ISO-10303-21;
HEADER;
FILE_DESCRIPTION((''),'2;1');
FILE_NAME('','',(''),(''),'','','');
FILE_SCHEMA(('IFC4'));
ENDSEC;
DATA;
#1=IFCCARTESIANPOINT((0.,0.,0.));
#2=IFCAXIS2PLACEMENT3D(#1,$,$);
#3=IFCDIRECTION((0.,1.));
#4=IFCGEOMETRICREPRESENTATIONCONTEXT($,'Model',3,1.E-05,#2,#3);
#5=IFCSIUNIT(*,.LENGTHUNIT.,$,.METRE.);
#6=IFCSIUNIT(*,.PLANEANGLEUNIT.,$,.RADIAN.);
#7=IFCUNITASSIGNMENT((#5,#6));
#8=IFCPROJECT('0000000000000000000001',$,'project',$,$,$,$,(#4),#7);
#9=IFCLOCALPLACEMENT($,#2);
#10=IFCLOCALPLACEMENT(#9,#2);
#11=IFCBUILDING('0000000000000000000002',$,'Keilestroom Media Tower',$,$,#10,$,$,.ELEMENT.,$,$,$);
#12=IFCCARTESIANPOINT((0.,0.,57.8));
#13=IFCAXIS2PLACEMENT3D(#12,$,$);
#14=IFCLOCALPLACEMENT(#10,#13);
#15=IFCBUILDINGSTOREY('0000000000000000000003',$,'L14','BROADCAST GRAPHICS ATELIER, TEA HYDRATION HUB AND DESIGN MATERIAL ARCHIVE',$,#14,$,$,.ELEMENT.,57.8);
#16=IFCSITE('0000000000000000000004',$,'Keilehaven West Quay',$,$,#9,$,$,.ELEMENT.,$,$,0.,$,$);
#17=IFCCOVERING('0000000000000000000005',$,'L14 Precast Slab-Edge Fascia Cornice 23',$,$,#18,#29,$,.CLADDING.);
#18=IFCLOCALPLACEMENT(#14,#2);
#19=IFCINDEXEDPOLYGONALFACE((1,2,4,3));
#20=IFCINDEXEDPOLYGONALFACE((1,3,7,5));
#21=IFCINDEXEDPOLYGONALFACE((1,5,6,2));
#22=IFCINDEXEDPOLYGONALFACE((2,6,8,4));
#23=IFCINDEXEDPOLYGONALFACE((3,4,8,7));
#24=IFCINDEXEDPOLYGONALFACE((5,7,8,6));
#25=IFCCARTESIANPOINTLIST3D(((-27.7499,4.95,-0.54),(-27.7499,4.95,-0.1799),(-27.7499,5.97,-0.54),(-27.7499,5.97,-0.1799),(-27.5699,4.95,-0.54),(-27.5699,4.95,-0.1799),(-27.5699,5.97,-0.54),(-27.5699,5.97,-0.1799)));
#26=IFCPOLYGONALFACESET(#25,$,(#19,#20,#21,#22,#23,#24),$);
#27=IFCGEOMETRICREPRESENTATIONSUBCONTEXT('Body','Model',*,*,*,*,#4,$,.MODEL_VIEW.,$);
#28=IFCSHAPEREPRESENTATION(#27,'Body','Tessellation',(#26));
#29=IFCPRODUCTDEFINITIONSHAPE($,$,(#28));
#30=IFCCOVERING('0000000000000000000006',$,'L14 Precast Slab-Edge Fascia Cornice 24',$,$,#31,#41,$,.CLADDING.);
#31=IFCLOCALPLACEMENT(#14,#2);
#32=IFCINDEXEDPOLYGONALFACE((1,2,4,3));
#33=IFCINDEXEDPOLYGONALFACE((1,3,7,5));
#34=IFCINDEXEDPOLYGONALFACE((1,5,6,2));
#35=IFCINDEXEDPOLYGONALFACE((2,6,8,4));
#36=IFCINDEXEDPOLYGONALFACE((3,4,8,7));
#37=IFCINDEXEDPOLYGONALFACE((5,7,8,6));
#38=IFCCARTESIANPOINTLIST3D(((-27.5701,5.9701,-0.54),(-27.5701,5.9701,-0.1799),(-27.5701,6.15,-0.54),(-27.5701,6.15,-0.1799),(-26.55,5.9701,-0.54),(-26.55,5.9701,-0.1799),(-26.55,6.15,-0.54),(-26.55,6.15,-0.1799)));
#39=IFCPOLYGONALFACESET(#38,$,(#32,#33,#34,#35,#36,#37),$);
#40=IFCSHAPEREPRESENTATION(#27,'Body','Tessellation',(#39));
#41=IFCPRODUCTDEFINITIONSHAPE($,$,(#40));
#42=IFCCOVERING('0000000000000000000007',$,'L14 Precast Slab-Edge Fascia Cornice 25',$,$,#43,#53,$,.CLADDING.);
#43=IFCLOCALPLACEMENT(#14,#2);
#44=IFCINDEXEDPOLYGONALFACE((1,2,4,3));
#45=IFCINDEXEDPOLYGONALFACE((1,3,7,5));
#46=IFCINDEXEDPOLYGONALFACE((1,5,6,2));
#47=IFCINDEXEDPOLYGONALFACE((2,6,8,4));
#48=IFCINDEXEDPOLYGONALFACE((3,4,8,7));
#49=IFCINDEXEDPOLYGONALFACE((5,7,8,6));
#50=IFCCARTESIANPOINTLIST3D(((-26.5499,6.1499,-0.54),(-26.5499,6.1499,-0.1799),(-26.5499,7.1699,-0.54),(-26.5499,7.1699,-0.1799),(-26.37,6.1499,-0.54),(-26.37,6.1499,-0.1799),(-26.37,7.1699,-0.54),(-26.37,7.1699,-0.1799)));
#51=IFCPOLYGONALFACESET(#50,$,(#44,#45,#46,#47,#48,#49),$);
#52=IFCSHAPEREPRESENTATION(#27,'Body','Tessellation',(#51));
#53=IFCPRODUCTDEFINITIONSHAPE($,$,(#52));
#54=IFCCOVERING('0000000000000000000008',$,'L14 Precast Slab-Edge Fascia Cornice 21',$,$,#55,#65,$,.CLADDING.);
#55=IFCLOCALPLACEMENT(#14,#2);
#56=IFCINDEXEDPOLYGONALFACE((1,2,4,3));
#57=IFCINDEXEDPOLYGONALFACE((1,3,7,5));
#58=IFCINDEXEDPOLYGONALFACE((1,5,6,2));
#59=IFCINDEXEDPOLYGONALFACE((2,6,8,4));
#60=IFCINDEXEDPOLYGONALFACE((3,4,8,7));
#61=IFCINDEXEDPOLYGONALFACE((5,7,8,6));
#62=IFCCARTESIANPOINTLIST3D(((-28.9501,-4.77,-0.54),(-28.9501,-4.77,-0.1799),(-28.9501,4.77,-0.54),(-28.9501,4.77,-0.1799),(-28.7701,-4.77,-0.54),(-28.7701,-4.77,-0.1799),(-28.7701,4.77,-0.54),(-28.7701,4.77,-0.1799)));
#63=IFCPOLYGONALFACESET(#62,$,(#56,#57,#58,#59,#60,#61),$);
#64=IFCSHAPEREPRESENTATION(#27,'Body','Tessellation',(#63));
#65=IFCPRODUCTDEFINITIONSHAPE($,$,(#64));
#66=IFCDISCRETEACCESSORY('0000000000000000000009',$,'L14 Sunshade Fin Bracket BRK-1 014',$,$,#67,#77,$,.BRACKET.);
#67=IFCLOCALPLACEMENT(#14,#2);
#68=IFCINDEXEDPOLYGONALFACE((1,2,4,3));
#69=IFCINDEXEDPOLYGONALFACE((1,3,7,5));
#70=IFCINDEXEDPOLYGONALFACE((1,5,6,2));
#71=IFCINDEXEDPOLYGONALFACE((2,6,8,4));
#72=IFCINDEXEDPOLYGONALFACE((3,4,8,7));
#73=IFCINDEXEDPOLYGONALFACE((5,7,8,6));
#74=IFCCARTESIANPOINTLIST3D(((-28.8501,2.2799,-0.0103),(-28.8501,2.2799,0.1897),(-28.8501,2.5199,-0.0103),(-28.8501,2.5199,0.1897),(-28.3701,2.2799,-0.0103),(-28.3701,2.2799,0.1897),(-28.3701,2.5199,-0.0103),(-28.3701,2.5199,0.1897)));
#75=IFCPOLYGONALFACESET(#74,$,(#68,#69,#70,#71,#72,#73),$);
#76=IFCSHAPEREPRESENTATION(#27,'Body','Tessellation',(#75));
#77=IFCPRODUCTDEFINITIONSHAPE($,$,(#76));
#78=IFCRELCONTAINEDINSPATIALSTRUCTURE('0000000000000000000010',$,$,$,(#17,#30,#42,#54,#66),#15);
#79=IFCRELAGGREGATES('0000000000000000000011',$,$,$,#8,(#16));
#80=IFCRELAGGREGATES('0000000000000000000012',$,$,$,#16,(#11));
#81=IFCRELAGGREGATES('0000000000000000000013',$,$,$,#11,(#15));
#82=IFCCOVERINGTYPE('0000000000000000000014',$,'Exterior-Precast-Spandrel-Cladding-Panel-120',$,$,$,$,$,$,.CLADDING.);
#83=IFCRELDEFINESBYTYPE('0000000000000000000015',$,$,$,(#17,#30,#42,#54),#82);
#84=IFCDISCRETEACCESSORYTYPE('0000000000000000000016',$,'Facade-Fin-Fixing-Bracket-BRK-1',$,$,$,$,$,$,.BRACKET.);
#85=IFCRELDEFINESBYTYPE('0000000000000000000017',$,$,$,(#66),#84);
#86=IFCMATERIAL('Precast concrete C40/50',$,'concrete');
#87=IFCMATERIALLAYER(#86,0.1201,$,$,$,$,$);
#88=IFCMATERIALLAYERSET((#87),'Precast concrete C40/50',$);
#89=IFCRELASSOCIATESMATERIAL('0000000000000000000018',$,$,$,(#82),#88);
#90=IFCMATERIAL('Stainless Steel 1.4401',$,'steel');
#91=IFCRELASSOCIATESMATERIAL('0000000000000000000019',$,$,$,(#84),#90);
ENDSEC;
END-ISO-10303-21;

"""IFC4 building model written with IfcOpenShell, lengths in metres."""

from ifc_helpers import new_model, si_unit, direction, frame, origin, origin_2d, place, context, subcontext, project, spatial, rectangle, extrude, source, transform, mapped, material, layer, layer_set, type_object, element, save


model = new_model("IFC4")

# Units and contexts
model_context = context("Model", 3, precision=1e-05, world=origin(), true_north=direction((0.0, 1.0)))
body_context = subcontext(model_context, "Body", "Model", "MODEL_VIEW")
ifc_project = project(units=[si_unit("LENGTHUNIT", "METRE"), si_unit("PLANEANGLEUNIT", "RADIAN")], contexts=[model_context])

# Site, building, storey
site_placement = place(None, origin())
site = spatial("IfcSite", under=ifc_project, at=site_placement, Name="Keilehaven West Quay", CompositionType="ELEMENT", RefElevation=0.0)
building_placement = place(site_placement, origin())
building = spatial("IfcBuilding", under=site, at=building_placement, Name="Keilestroom Media Tower", CompositionType="ELEMENT")
storey_placement = place(building_placement, frame((0.0, 0.0, 57.8)))
storey = spatial("IfcBuildingStorey", under=building, at=storey_placement, Name="L14", Description="BROADCAST GRAPHICS ATELIER, TEA HYDRATION HUB AND DESIGN MATERIAL ARCHIVE", CompositionType="ELEMENT", Elevation=57.8)

# Shared definitions
ifc_material_1 = material(Name="Precast concrete C40/50", Category="concrete")

# Coverings
ifc_layer_1 = layer(ifc_material_1, 0.1201)
ifc_layer_set_1 = layer_set([ifc_layer_1], Name="Precast concrete C40/50")
covering_type = type_object("IfcCoveringType", Name="Exterior-Precast-Spandrel-Cladding-Panel-120", PredefinedType="CLADDING", material=ifc_layer_set_1)
shared_shape_1 = source(origin(), body_context, "Body", "SweptSolid", [
    extrude(rectangle(XDim=1.02, YDim=0.1799, at=origin_2d()), origin(), (0.0, 0.0, 1.0), 0.3601),
])
for number, where, z_axis, x_axis, name in (
    (1, (-27.6599, 5.46, -0.54), (0.0, 0.0, 1.0), (0.0, 1.0, 0.0), "L14 Precast Slab-Edge Fascia Cornice 23"),
    (2, (-27.0601, 6.0601, -0.54), (0.0, 0.0, 1.0), (1.0, 0.0, 0.0), "L14 Precast Slab-Edge Fascia Cornice 24"),
    (3, (-26.46, 6.6599, -0.54), (0.0, 0.0, 1.0), (0.0, 1.0, 0.0), "L14 Precast Slab-Edge Fascia Cornice 25"),
):
    element("IfcCovering", number, at=place(storey_placement, frame(where, z_axis=z_axis, x_axis=x_axis)), inside=storey, type_object=covering_type, Name=name, PredefinedType="CLADDING", context=body_context, shape_type="MappedRepresentation", body=[
        mapped(shared_shape_1, transform((0.0, 0.0, 0.0), x_axis=(1.0, 0.0, 0.0), y_axis=(0.0, 1.0, 0.0), z_axis=(0.0, 0.0, 1.0), scale=1.0)),
    ])
shared_shape_2 = source(origin(), body_context, "Body", "SweptSolid", [
    extrude(rectangle(XDim=9.54, YDim=0.1799, at=origin_2d()), origin(), (0.0, 0.0, 1.0), 0.3601),
])
covering_placement = place(storey_placement, frame((-28.8601, 0.0, -0.54), z_axis=(0.0, 0.0, 1.0), x_axis=(0.0, 1.0, 0.0)))
element("IfcCovering", 4, at=covering_placement, inside=storey, type_object=covering_type, Name="L14 Precast Slab-Edge Fascia Cornice 21", PredefinedType="CLADDING", context=body_context, shape_type="MappedRepresentation", body=[
    mapped(shared_shape_2, transform((0.0, 0.0, 0.0), x_axis=(1.0, 0.0, 0.0), y_axis=(0.0, 1.0, 0.0), z_axis=(0.0, 0.0, 1.0), scale=1.0)),
])

# Discrete accessory
ifc_material_2 = material(Name="Stainless Steel 1.4401", Category="steel")
discrete_accessory_type = type_object("IfcDiscreteAccessoryType", Name="Facade-Fin-Fixing-Bracket-BRK-1", PredefinedType="BRACKET", material=ifc_material_2)
shared_shape_3 = source(origin(), body_context, "Body", "SweptSolid", [
    extrude(rectangle(XDim=0.48, YDim=0.24, at=origin_2d()), origin(), (0.0, 0.0, 1.0), 0.2),
])
discrete_accessory_placement = place(storey_placement, frame((-28.6101, 2.3999, -0.0103), z_axis=(0.0, 0.0, 1.0), x_axis=(1.0, 0.0, 0.0)))
element("IfcDiscreteAccessory", 5, at=discrete_accessory_placement, inside=storey, type_object=discrete_accessory_type, Name="L14 Sunshade Fin Bracket BRK-1 014", PredefinedType="BRACKET", context=body_context, shape_type="MappedRepresentation", body=[
    mapped(shared_shape_3, transform((0.0, 0.0, 0.0), x_axis=(1.0, 0.0, 0.0), y_axis=(0.0, 1.0, 0.0), z_axis=(0.0, 0.0, 1.0), scale=1.0)),
])

save(model, "model.ifc")
